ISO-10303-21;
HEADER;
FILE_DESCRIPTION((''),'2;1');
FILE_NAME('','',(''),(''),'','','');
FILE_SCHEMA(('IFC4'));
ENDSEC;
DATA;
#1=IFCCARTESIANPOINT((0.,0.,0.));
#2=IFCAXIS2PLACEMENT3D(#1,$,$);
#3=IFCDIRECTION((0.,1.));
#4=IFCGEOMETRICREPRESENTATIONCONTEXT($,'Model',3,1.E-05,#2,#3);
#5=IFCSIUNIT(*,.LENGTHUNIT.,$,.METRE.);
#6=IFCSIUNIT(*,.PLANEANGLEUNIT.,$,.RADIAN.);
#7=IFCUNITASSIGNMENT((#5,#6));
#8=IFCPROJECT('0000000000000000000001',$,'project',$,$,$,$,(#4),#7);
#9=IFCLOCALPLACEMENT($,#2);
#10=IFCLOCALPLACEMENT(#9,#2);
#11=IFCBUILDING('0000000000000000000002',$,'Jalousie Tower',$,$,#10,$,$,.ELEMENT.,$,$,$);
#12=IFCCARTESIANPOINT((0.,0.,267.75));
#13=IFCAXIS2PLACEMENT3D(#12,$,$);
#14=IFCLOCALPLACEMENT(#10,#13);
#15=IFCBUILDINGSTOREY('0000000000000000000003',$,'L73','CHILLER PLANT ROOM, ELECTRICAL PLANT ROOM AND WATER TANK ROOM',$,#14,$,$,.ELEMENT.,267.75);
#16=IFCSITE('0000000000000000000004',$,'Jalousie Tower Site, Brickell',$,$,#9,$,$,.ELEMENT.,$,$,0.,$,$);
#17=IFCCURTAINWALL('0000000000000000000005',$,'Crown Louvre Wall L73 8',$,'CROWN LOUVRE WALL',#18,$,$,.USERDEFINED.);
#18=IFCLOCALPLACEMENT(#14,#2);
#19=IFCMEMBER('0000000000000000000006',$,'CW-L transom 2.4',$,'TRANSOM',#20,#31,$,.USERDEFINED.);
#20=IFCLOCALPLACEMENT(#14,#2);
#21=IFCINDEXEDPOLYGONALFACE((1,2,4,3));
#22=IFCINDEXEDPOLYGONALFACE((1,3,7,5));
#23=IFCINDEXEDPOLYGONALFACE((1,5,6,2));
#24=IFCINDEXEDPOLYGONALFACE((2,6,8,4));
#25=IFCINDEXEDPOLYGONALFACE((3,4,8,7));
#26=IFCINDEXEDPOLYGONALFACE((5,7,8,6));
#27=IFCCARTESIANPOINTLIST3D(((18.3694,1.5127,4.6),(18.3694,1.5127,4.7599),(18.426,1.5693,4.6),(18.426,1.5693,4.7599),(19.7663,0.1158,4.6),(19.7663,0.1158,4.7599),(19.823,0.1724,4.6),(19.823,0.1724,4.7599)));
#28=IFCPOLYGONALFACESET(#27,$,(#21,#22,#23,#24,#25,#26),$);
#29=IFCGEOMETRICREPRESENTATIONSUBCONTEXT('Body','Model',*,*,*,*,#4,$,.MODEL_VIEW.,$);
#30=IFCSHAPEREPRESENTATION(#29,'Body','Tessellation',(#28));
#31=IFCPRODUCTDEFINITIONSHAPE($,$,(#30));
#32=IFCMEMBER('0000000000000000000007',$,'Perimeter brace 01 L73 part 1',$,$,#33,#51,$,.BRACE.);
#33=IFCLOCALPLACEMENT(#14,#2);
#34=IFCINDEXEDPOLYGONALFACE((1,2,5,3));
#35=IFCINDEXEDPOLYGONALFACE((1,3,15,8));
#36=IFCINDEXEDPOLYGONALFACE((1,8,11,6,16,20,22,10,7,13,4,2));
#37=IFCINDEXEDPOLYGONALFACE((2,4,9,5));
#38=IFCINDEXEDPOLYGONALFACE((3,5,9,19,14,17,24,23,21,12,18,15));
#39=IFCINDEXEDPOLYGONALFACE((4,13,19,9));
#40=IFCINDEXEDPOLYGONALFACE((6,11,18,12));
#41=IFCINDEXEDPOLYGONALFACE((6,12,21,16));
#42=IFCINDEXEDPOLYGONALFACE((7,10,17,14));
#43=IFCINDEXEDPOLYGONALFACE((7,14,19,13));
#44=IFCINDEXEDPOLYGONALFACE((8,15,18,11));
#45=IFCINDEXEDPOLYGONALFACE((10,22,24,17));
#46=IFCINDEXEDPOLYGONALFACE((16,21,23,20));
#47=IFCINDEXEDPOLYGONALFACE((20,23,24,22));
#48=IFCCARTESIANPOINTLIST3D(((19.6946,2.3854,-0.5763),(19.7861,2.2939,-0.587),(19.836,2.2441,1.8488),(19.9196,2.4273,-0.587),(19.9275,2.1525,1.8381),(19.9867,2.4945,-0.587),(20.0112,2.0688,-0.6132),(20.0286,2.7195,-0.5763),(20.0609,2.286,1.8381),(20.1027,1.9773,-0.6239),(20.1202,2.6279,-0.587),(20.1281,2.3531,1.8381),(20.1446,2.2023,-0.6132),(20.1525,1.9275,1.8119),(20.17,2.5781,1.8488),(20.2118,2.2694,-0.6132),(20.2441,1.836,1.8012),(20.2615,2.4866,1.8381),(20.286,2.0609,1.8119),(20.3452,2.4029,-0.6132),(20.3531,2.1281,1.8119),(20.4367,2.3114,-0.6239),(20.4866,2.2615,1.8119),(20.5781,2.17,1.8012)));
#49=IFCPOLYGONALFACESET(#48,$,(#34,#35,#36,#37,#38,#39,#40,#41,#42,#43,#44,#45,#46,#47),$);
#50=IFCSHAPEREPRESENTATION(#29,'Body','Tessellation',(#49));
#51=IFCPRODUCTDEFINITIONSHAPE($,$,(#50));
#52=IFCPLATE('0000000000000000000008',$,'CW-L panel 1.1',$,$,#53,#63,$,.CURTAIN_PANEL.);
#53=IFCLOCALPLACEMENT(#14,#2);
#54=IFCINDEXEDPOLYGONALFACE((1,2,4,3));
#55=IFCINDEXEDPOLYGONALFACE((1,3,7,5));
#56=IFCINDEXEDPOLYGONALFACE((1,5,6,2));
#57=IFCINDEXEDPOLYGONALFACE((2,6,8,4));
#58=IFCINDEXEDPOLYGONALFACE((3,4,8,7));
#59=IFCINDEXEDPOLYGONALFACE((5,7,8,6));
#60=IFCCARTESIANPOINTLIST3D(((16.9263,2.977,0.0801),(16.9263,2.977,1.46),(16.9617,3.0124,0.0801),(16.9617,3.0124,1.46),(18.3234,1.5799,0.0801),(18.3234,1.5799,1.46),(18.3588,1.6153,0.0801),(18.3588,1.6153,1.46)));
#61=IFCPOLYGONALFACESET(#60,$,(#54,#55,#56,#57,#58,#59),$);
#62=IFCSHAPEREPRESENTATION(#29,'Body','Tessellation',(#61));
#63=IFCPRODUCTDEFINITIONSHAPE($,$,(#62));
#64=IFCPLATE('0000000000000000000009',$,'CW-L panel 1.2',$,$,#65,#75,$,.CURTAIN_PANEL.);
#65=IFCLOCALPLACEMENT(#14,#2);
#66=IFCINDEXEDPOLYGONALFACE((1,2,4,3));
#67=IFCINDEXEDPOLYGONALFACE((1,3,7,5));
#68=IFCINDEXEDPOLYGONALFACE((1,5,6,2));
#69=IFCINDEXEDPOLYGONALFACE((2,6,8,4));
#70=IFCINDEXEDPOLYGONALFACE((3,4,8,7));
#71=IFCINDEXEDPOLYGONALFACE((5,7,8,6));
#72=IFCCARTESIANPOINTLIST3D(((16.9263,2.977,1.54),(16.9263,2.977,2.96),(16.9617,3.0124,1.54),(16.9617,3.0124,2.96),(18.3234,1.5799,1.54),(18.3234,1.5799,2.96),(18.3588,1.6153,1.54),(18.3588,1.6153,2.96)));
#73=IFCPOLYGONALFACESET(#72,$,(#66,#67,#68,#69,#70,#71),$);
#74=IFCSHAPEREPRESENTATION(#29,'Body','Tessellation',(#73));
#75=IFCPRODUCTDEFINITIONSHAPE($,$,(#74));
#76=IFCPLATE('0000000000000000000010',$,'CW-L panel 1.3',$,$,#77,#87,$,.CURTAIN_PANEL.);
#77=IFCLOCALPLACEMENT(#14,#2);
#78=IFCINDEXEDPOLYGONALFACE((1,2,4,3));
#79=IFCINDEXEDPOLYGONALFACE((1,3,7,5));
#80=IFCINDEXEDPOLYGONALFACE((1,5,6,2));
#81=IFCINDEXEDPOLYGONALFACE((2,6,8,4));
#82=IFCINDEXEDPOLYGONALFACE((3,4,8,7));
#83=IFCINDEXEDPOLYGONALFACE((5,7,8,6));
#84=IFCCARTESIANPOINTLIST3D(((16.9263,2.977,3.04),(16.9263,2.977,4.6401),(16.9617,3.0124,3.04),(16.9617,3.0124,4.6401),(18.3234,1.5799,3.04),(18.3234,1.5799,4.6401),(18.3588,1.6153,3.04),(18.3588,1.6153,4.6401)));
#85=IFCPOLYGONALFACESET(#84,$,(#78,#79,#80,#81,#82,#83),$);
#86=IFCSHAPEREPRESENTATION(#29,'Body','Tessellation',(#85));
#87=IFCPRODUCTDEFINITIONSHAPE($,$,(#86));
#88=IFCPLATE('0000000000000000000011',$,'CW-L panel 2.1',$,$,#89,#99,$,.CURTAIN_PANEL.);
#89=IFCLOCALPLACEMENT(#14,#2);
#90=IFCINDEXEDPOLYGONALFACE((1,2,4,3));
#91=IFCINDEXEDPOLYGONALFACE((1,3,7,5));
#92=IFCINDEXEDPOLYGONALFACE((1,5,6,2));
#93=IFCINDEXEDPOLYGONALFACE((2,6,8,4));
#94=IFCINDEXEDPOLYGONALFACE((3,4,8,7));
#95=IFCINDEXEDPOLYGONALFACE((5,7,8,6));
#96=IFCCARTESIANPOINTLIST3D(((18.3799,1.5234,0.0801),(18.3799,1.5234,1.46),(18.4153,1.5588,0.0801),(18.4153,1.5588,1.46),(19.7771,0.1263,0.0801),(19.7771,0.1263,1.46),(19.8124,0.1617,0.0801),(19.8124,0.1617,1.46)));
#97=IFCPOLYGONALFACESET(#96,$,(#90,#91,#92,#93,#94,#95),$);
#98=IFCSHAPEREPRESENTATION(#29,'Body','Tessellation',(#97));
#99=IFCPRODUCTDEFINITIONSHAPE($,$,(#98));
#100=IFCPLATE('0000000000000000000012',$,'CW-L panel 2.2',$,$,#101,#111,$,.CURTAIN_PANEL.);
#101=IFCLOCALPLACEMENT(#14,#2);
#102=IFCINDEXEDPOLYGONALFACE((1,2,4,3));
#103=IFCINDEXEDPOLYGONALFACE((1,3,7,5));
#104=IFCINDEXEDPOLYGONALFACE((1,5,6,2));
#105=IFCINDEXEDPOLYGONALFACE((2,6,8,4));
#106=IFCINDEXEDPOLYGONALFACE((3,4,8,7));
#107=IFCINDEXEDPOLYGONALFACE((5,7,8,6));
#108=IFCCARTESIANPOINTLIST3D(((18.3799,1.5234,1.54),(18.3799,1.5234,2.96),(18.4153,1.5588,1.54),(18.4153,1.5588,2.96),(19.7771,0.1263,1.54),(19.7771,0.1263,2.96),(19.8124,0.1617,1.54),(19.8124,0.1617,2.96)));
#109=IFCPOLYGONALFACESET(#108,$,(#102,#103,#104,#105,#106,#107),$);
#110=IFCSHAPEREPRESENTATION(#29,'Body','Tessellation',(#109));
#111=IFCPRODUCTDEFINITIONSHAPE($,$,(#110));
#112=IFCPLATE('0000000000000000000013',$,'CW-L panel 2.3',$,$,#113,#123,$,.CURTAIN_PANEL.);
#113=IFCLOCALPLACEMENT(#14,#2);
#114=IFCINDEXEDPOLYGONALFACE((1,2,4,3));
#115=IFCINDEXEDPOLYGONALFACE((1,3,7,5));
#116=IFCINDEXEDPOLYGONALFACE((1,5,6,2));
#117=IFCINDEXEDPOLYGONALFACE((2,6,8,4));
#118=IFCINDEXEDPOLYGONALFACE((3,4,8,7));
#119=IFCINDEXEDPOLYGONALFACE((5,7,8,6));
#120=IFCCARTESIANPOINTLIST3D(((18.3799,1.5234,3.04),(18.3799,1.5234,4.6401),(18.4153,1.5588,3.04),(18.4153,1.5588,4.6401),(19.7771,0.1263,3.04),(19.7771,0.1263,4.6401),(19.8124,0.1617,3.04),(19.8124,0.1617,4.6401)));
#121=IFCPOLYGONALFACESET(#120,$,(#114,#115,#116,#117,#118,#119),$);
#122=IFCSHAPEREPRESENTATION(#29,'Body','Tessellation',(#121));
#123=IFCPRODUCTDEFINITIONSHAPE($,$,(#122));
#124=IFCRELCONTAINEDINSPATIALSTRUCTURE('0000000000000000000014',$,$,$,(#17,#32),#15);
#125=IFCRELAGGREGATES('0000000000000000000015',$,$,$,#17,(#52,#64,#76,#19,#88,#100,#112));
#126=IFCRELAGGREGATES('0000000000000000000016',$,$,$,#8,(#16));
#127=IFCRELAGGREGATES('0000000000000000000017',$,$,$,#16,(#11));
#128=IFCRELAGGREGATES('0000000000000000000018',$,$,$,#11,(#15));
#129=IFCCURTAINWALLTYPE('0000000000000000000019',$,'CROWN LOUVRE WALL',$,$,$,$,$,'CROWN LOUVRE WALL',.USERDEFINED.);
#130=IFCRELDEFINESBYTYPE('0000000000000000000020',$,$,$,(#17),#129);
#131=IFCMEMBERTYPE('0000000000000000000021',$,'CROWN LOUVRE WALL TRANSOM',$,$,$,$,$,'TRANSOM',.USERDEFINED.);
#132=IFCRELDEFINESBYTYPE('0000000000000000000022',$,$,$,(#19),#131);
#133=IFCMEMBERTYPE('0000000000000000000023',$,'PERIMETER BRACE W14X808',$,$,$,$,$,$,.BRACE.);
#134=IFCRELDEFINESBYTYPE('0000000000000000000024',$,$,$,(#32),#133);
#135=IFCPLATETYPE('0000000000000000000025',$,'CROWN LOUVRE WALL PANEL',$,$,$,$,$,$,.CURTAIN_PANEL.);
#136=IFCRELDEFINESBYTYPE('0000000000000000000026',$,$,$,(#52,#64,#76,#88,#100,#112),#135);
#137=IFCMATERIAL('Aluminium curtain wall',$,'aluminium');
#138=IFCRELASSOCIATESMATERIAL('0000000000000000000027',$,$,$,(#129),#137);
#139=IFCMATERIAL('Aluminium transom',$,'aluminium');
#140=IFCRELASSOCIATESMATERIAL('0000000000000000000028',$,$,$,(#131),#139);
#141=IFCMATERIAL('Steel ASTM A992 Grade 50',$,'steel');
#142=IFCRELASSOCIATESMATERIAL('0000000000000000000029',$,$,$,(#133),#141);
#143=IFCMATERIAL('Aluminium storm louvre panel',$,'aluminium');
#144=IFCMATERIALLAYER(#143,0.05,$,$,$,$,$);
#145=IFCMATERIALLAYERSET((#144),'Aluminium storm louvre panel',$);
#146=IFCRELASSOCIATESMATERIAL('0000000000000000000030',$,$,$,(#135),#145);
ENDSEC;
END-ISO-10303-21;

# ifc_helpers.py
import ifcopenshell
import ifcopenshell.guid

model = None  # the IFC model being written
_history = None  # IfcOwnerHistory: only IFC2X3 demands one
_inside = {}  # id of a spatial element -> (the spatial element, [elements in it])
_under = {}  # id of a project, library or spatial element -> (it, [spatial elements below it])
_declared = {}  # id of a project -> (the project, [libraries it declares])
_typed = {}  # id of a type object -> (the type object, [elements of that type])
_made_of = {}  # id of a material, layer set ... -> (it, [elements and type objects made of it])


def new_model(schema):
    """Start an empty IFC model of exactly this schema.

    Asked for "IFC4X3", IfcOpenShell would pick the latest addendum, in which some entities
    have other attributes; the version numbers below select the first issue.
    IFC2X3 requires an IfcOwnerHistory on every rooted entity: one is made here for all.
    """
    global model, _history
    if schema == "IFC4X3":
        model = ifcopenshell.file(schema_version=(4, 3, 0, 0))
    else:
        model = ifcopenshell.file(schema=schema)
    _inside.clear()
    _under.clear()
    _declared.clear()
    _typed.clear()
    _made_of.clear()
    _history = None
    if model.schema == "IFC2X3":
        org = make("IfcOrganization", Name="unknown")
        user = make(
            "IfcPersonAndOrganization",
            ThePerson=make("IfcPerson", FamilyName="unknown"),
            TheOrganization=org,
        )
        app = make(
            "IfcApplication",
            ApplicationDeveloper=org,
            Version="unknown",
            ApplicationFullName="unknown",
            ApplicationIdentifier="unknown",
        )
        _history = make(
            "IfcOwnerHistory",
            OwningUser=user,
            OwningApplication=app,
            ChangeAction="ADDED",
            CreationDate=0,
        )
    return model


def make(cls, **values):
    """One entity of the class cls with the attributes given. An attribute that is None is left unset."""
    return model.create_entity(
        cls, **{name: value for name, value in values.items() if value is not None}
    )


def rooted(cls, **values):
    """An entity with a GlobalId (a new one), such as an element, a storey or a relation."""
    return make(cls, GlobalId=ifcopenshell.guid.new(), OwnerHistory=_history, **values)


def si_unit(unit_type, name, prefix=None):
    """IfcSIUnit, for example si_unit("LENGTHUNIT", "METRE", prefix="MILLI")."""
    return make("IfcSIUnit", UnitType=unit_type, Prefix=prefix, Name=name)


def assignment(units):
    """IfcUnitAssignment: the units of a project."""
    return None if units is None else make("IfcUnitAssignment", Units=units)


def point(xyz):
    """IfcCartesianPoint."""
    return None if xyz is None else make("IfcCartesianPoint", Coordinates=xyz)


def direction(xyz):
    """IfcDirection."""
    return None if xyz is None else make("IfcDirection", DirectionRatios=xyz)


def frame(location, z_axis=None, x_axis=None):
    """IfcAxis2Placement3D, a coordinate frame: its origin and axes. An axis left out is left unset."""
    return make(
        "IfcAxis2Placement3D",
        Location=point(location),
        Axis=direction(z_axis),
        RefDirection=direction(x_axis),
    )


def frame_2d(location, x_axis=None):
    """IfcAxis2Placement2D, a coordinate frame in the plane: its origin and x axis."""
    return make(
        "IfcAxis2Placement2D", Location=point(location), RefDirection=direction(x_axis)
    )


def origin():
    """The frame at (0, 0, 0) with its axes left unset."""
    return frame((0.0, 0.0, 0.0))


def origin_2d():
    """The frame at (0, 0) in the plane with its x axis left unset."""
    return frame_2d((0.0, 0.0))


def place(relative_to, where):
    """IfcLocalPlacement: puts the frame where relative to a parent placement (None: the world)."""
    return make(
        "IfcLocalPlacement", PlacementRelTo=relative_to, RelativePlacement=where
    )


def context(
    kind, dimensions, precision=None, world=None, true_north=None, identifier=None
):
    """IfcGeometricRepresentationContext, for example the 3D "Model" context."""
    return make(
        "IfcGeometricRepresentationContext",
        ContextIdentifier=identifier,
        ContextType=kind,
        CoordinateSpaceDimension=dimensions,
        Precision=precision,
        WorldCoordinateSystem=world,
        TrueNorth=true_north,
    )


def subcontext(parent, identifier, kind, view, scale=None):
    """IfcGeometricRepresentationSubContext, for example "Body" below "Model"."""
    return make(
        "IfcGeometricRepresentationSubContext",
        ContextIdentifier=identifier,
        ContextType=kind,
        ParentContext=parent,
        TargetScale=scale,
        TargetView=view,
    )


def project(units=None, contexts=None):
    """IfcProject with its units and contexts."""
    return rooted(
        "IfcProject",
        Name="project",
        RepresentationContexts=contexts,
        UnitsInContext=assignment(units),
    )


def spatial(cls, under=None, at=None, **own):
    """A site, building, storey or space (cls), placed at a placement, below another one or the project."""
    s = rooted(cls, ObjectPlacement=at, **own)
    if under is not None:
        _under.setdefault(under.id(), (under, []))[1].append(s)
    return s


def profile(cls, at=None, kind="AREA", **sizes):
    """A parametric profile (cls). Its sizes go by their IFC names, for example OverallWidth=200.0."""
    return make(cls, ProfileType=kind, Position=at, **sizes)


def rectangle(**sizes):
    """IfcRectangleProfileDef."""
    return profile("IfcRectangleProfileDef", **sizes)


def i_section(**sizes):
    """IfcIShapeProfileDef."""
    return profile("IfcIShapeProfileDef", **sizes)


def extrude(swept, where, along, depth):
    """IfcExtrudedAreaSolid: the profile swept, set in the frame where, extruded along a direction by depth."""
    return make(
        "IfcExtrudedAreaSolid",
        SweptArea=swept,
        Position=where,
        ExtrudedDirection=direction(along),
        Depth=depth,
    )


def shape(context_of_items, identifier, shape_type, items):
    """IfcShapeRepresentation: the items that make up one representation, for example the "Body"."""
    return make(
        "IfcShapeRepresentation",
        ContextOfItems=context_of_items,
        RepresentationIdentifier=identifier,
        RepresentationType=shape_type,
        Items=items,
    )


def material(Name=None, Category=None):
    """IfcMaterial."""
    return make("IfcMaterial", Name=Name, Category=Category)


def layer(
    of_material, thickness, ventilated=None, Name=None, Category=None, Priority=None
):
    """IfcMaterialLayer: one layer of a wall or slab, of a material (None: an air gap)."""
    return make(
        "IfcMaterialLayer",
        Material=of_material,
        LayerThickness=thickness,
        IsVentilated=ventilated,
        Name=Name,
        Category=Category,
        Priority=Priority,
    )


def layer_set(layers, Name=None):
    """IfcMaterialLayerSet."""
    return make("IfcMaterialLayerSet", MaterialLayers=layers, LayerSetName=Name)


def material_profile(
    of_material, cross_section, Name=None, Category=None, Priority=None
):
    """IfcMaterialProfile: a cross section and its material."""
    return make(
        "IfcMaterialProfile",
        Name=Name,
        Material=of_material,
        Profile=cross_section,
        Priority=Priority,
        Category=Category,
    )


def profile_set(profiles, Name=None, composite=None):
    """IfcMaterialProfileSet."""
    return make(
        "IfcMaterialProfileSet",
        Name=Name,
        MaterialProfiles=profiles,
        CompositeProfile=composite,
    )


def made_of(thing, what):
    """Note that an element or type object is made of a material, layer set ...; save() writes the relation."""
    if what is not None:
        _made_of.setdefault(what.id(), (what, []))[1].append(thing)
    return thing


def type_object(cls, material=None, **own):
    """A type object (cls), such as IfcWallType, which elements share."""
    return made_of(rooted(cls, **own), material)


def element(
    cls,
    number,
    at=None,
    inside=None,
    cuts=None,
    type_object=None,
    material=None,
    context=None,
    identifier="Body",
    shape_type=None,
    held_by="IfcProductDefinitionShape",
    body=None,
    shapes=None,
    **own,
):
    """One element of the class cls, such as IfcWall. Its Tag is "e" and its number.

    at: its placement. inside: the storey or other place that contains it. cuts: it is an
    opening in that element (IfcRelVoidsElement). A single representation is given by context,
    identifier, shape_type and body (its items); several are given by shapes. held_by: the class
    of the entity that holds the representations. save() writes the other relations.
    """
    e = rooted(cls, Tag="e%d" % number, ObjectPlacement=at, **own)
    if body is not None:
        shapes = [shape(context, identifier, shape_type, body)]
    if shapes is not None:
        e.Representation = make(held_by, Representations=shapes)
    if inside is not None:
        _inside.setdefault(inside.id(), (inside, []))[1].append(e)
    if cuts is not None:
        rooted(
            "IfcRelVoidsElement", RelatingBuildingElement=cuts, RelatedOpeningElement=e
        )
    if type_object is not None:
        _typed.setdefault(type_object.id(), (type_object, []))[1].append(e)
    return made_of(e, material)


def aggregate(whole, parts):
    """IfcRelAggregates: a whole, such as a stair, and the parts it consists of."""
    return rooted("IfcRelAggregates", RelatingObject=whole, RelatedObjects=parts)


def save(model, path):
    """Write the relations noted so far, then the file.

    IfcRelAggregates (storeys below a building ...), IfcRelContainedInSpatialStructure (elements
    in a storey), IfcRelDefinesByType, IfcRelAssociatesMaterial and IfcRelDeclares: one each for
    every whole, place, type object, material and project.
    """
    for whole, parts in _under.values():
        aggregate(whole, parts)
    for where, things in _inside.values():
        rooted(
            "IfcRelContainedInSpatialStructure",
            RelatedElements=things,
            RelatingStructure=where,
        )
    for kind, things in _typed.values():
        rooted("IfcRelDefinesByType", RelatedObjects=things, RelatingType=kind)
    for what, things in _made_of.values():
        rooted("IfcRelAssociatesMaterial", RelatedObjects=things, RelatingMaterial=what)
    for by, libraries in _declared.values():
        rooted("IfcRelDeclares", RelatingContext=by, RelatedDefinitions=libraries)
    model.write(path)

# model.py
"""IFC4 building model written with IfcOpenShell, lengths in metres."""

from ifc_helpers import new_model, si_unit, direction, frame, origin, origin_2d, place, context, subcontext, project, spatial, rectangle, i_section, extrude, material, layer, layer_set, material_profile, profile_set, type_object, element, aggregate, save


model = new_model("IFC4")

# Units and contexts
model_context = context("Model", 3, precision=1e-05, world=origin(), true_north=direction((0.0, 1.0)))
body_context = subcontext(model_context, "Body", "Model", "MODEL_VIEW")
ifc_project = project(units=[si_unit("LENGTHUNIT", "METRE"), si_unit("PLANEANGLEUNIT", "RADIAN")], contexts=[model_context])

# Site, building, storey
site_placement = place(None, origin())
site = spatial("IfcSite", under=ifc_project, at=site_placement, Name="Jalousie Tower Site, Brickell", CompositionType="ELEMENT", RefElevation=0.0)
building_placement = place(site_placement, origin())
building = spatial("IfcBuilding", under=site, at=building_placement, Name="Jalousie Tower", CompositionType="ELEMENT")
storey_placement = place(building_placement, frame((0.0, 0.0, 267.75)))
storey = spatial("IfcBuildingStorey", under=building, at=storey_placement, Name="L73", Description="CHILLER PLANT ROOM, ELECTRICAL PLANT ROOM AND WATER TANK ROOM", CompositionType="ELEMENT", Elevation=267.75)

# Shared definitions
ifc_material_1 = material(Name="Aluminium curtain wall", Category="aluminium")
curtain_wall_type = type_object("IfcCurtainWallType", Name="CROWN LOUVRE WALL", ElementType="CROWN LOUVRE WALL", PredefinedType="USERDEFINED", material=ifc_material_1)

# Curtain wall
curtain_wall_1_placement = place(storey_placement, origin())
curtain_wall_1 = element("IfcCurtainWall", 1, at=curtain_wall_1_placement, inside=storey, type_object=curtain_wall_type, Name="Crown Louvre Wall L73 8", ObjectType="CROWN LOUVRE WALL", PredefinedType="USERDEFINED")

# Members
ifc_material_2 = material(Name="Aluminium transom", Category="aluminium")
ifc_material_profile_1 = material_profile(ifc_material_2, rectangle(XDim=0.0801, YDim=0.1599, at=origin_2d()), Name="TRANSOM 80x160")
ifc_profile_set_1 = profile_set([ifc_material_profile_1], Name="Aluminium transom")
member_type_1 = type_object("IfcMemberType", Name="CROWN LOUVRE WALL TRANSOM", ElementType="TRANSOM", PredefinedType="USERDEFINED", material=ifc_profile_set_1)
member_1_placement = place(storey_placement, frame((18.3977, 1.541, 4.6799), z_axis=(0.707107, -0.707107, 0.0), x_axis=(0.707107, 0.707107, 0.0)))
member_1 = element("IfcMember", 2, at=member_1_placement, type_object=member_type_1, Name="CW-L transom 2.4", ObjectType="TRANSOM", PredefinedType="USERDEFINED", context=body_context, shape_type="SweptSolid", body=[
    extrude(rectangle(XDim=0.0801, YDim=0.1599, at=origin_2d()), origin(), (0.0, 0.0, 1.0), 1.9756),
])
ifc_material_3 = material(Name="Steel ASTM A992 Grade 50", Category="steel")
ifc_material_profile_2 = material_profile(ifc_material_3, i_section(OverallWidth=0.4724, OverallDepth=0.5791, WebThickness=0.095, FlangeThickness=0.1299, at=origin_2d()), Name="W14X808")
ifc_profile_set_2 = profile_set([ifc_material_profile_2], Name="Steel ASTM A992 Grade 50")
member_type_2 = type_object("IfcMemberType", Name="PERIMETER BRACE W14X808", PredefinedType="BRACE", material=ifc_profile_set_2)
member_2_placement = place(storey_placement, frame((20.0657, 2.3484, -0.6001), z_axis=(0.058093, -0.058093, 0.996619), x_axis=(0.707107, 0.707107, 0.0)))
element("IfcMember", 3, at=member_2_placement, inside=storey, type_object=member_type_2, Name="Perimeter brace 01 L73 part 1", PredefinedType="BRACE", context=body_context, shape_type="SweptSolid", body=[
    extrude(i_section(OverallWidth=0.4724, OverallDepth=0.5791, WebThickness=0.095, FlangeThickness=0.1299, at=origin_2d()), origin(), (0.0, 0.0, 1.0), 2.4333),
])

# Plates
ifc_material_4 = material(Name="Aluminium storm louvre panel", Category="aluminium")
ifc_layer = layer(ifc_material_4, 0.05)
ifc_layer_set = layer_set([ifc_layer], Name="Aluminium storm louvre panel")
plate_type = type_object("IfcPlateType", Name="CROWN LOUVRE WALL PANEL", PredefinedType="CURTAIN_PANEL", material=ifc_layer_set)
plate_1_placement = place(storey_placement, frame((17.6426, 2.2961, 0.0801), z_axis=(0.0, 0.0, 1.0), x_axis=(0.707107, -0.707107, 0.0)))
plate_1 = element("IfcPlate", 4, at=plate_1_placement, type_object=plate_type, Name="CW-L panel 1.1", PredefinedType="CURTAIN_PANEL", context=body_context, shape_type="SweptSolid", body=[
    extrude(rectangle(XDim=1.9758, YDim=0.05, at=origin_2d()), origin(), (0.0, 0.0, 1.0), 1.3799),
])
plate_2_placement = place(storey_placement, frame((17.6426, 2.2961, 1.54), z_axis=(0.0, 0.0, 1.0), x_axis=(0.707107, -0.707107, 0.0)))
plate_2 = element("IfcPlate", 5, at=plate_2_placement, type_object=plate_type, Name="CW-L panel 1.2", PredefinedType="CURTAIN_PANEL", context=body_context, shape_type="SweptSolid", body=[
    extrude(rectangle(XDim=1.9758, YDim=0.05, at=origin_2d()), origin(), (0.0, 0.0, 1.0), 1.4199),
])
plate_3_placement = place(storey_placement, frame((17.6426, 2.2961, 3.04), z_axis=(0.0, 0.0, 1.0), x_axis=(0.707107, -0.707107, 0.0)))
plate_3 = element("IfcPlate", 6, at=plate_3_placement, type_object=plate_type, Name="CW-L panel 1.3", PredefinedType="CURTAIN_PANEL", context=body_context, shape_type="SweptSolid", body=[
    extrude(rectangle(XDim=1.9758, YDim=0.05, at=origin_2d()), origin(), (0.0, 0.0, 1.0), 1.6001),
])
plate_4_placement = place(storey_placement, frame((19.0962, 0.8425, 0.0801), z_axis=(0.0, 0.0, 1.0), x_axis=(0.707107, -0.707107, 0.0)))
plate_4 = element("IfcPlate", 7, at=plate_4_placement, type_object=plate_type, Name="CW-L panel 2.1", PredefinedType="CURTAIN_PANEL", context=body_context, shape_type="SweptSolid", body=[
    extrude(rectangle(XDim=1.9758, YDim=0.05, at=origin_2d()), origin(), (0.0, 0.0, 1.0), 1.3799),
])
plate_5_placement = place(storey_placement, frame((19.0962, 0.8425, 1.54), z_axis=(0.0, 0.0, 1.0), x_axis=(0.707107, -0.707107, 0.0)))
plate_5 = element("IfcPlate", 8, at=plate_5_placement, type_object=plate_type, Name="CW-L panel 2.2", PredefinedType="CURTAIN_PANEL", context=body_context, shape_type="SweptSolid", body=[
    extrude(rectangle(XDim=1.9758, YDim=0.05, at=origin_2d()), origin(), (0.0, 0.0, 1.0), 1.4199),
])
plate_6_placement = place(storey_placement, frame((19.0962, 0.8425, 3.04), z_axis=(0.0, 0.0, 1.0), x_axis=(0.707107, -0.707107, 0.0)))
plate_6 = element("IfcPlate", 9, at=plate_6_placement, type_object=plate_type, Name="CW-L panel 2.3", PredefinedType="CURTAIN_PANEL", context=body_context, shape_type="SweptSolid", body=[
    extrude(rectangle(XDim=1.9758, YDim=0.05, at=origin_2d()), origin(), (0.0, 0.0, 1.0), 1.6001),
])
aggregate(curtain_wall_1, [plate_1, plate_2, plate_3, member_1, plate_4, plate_5, plate_6])

save(model, "model.ifc")
